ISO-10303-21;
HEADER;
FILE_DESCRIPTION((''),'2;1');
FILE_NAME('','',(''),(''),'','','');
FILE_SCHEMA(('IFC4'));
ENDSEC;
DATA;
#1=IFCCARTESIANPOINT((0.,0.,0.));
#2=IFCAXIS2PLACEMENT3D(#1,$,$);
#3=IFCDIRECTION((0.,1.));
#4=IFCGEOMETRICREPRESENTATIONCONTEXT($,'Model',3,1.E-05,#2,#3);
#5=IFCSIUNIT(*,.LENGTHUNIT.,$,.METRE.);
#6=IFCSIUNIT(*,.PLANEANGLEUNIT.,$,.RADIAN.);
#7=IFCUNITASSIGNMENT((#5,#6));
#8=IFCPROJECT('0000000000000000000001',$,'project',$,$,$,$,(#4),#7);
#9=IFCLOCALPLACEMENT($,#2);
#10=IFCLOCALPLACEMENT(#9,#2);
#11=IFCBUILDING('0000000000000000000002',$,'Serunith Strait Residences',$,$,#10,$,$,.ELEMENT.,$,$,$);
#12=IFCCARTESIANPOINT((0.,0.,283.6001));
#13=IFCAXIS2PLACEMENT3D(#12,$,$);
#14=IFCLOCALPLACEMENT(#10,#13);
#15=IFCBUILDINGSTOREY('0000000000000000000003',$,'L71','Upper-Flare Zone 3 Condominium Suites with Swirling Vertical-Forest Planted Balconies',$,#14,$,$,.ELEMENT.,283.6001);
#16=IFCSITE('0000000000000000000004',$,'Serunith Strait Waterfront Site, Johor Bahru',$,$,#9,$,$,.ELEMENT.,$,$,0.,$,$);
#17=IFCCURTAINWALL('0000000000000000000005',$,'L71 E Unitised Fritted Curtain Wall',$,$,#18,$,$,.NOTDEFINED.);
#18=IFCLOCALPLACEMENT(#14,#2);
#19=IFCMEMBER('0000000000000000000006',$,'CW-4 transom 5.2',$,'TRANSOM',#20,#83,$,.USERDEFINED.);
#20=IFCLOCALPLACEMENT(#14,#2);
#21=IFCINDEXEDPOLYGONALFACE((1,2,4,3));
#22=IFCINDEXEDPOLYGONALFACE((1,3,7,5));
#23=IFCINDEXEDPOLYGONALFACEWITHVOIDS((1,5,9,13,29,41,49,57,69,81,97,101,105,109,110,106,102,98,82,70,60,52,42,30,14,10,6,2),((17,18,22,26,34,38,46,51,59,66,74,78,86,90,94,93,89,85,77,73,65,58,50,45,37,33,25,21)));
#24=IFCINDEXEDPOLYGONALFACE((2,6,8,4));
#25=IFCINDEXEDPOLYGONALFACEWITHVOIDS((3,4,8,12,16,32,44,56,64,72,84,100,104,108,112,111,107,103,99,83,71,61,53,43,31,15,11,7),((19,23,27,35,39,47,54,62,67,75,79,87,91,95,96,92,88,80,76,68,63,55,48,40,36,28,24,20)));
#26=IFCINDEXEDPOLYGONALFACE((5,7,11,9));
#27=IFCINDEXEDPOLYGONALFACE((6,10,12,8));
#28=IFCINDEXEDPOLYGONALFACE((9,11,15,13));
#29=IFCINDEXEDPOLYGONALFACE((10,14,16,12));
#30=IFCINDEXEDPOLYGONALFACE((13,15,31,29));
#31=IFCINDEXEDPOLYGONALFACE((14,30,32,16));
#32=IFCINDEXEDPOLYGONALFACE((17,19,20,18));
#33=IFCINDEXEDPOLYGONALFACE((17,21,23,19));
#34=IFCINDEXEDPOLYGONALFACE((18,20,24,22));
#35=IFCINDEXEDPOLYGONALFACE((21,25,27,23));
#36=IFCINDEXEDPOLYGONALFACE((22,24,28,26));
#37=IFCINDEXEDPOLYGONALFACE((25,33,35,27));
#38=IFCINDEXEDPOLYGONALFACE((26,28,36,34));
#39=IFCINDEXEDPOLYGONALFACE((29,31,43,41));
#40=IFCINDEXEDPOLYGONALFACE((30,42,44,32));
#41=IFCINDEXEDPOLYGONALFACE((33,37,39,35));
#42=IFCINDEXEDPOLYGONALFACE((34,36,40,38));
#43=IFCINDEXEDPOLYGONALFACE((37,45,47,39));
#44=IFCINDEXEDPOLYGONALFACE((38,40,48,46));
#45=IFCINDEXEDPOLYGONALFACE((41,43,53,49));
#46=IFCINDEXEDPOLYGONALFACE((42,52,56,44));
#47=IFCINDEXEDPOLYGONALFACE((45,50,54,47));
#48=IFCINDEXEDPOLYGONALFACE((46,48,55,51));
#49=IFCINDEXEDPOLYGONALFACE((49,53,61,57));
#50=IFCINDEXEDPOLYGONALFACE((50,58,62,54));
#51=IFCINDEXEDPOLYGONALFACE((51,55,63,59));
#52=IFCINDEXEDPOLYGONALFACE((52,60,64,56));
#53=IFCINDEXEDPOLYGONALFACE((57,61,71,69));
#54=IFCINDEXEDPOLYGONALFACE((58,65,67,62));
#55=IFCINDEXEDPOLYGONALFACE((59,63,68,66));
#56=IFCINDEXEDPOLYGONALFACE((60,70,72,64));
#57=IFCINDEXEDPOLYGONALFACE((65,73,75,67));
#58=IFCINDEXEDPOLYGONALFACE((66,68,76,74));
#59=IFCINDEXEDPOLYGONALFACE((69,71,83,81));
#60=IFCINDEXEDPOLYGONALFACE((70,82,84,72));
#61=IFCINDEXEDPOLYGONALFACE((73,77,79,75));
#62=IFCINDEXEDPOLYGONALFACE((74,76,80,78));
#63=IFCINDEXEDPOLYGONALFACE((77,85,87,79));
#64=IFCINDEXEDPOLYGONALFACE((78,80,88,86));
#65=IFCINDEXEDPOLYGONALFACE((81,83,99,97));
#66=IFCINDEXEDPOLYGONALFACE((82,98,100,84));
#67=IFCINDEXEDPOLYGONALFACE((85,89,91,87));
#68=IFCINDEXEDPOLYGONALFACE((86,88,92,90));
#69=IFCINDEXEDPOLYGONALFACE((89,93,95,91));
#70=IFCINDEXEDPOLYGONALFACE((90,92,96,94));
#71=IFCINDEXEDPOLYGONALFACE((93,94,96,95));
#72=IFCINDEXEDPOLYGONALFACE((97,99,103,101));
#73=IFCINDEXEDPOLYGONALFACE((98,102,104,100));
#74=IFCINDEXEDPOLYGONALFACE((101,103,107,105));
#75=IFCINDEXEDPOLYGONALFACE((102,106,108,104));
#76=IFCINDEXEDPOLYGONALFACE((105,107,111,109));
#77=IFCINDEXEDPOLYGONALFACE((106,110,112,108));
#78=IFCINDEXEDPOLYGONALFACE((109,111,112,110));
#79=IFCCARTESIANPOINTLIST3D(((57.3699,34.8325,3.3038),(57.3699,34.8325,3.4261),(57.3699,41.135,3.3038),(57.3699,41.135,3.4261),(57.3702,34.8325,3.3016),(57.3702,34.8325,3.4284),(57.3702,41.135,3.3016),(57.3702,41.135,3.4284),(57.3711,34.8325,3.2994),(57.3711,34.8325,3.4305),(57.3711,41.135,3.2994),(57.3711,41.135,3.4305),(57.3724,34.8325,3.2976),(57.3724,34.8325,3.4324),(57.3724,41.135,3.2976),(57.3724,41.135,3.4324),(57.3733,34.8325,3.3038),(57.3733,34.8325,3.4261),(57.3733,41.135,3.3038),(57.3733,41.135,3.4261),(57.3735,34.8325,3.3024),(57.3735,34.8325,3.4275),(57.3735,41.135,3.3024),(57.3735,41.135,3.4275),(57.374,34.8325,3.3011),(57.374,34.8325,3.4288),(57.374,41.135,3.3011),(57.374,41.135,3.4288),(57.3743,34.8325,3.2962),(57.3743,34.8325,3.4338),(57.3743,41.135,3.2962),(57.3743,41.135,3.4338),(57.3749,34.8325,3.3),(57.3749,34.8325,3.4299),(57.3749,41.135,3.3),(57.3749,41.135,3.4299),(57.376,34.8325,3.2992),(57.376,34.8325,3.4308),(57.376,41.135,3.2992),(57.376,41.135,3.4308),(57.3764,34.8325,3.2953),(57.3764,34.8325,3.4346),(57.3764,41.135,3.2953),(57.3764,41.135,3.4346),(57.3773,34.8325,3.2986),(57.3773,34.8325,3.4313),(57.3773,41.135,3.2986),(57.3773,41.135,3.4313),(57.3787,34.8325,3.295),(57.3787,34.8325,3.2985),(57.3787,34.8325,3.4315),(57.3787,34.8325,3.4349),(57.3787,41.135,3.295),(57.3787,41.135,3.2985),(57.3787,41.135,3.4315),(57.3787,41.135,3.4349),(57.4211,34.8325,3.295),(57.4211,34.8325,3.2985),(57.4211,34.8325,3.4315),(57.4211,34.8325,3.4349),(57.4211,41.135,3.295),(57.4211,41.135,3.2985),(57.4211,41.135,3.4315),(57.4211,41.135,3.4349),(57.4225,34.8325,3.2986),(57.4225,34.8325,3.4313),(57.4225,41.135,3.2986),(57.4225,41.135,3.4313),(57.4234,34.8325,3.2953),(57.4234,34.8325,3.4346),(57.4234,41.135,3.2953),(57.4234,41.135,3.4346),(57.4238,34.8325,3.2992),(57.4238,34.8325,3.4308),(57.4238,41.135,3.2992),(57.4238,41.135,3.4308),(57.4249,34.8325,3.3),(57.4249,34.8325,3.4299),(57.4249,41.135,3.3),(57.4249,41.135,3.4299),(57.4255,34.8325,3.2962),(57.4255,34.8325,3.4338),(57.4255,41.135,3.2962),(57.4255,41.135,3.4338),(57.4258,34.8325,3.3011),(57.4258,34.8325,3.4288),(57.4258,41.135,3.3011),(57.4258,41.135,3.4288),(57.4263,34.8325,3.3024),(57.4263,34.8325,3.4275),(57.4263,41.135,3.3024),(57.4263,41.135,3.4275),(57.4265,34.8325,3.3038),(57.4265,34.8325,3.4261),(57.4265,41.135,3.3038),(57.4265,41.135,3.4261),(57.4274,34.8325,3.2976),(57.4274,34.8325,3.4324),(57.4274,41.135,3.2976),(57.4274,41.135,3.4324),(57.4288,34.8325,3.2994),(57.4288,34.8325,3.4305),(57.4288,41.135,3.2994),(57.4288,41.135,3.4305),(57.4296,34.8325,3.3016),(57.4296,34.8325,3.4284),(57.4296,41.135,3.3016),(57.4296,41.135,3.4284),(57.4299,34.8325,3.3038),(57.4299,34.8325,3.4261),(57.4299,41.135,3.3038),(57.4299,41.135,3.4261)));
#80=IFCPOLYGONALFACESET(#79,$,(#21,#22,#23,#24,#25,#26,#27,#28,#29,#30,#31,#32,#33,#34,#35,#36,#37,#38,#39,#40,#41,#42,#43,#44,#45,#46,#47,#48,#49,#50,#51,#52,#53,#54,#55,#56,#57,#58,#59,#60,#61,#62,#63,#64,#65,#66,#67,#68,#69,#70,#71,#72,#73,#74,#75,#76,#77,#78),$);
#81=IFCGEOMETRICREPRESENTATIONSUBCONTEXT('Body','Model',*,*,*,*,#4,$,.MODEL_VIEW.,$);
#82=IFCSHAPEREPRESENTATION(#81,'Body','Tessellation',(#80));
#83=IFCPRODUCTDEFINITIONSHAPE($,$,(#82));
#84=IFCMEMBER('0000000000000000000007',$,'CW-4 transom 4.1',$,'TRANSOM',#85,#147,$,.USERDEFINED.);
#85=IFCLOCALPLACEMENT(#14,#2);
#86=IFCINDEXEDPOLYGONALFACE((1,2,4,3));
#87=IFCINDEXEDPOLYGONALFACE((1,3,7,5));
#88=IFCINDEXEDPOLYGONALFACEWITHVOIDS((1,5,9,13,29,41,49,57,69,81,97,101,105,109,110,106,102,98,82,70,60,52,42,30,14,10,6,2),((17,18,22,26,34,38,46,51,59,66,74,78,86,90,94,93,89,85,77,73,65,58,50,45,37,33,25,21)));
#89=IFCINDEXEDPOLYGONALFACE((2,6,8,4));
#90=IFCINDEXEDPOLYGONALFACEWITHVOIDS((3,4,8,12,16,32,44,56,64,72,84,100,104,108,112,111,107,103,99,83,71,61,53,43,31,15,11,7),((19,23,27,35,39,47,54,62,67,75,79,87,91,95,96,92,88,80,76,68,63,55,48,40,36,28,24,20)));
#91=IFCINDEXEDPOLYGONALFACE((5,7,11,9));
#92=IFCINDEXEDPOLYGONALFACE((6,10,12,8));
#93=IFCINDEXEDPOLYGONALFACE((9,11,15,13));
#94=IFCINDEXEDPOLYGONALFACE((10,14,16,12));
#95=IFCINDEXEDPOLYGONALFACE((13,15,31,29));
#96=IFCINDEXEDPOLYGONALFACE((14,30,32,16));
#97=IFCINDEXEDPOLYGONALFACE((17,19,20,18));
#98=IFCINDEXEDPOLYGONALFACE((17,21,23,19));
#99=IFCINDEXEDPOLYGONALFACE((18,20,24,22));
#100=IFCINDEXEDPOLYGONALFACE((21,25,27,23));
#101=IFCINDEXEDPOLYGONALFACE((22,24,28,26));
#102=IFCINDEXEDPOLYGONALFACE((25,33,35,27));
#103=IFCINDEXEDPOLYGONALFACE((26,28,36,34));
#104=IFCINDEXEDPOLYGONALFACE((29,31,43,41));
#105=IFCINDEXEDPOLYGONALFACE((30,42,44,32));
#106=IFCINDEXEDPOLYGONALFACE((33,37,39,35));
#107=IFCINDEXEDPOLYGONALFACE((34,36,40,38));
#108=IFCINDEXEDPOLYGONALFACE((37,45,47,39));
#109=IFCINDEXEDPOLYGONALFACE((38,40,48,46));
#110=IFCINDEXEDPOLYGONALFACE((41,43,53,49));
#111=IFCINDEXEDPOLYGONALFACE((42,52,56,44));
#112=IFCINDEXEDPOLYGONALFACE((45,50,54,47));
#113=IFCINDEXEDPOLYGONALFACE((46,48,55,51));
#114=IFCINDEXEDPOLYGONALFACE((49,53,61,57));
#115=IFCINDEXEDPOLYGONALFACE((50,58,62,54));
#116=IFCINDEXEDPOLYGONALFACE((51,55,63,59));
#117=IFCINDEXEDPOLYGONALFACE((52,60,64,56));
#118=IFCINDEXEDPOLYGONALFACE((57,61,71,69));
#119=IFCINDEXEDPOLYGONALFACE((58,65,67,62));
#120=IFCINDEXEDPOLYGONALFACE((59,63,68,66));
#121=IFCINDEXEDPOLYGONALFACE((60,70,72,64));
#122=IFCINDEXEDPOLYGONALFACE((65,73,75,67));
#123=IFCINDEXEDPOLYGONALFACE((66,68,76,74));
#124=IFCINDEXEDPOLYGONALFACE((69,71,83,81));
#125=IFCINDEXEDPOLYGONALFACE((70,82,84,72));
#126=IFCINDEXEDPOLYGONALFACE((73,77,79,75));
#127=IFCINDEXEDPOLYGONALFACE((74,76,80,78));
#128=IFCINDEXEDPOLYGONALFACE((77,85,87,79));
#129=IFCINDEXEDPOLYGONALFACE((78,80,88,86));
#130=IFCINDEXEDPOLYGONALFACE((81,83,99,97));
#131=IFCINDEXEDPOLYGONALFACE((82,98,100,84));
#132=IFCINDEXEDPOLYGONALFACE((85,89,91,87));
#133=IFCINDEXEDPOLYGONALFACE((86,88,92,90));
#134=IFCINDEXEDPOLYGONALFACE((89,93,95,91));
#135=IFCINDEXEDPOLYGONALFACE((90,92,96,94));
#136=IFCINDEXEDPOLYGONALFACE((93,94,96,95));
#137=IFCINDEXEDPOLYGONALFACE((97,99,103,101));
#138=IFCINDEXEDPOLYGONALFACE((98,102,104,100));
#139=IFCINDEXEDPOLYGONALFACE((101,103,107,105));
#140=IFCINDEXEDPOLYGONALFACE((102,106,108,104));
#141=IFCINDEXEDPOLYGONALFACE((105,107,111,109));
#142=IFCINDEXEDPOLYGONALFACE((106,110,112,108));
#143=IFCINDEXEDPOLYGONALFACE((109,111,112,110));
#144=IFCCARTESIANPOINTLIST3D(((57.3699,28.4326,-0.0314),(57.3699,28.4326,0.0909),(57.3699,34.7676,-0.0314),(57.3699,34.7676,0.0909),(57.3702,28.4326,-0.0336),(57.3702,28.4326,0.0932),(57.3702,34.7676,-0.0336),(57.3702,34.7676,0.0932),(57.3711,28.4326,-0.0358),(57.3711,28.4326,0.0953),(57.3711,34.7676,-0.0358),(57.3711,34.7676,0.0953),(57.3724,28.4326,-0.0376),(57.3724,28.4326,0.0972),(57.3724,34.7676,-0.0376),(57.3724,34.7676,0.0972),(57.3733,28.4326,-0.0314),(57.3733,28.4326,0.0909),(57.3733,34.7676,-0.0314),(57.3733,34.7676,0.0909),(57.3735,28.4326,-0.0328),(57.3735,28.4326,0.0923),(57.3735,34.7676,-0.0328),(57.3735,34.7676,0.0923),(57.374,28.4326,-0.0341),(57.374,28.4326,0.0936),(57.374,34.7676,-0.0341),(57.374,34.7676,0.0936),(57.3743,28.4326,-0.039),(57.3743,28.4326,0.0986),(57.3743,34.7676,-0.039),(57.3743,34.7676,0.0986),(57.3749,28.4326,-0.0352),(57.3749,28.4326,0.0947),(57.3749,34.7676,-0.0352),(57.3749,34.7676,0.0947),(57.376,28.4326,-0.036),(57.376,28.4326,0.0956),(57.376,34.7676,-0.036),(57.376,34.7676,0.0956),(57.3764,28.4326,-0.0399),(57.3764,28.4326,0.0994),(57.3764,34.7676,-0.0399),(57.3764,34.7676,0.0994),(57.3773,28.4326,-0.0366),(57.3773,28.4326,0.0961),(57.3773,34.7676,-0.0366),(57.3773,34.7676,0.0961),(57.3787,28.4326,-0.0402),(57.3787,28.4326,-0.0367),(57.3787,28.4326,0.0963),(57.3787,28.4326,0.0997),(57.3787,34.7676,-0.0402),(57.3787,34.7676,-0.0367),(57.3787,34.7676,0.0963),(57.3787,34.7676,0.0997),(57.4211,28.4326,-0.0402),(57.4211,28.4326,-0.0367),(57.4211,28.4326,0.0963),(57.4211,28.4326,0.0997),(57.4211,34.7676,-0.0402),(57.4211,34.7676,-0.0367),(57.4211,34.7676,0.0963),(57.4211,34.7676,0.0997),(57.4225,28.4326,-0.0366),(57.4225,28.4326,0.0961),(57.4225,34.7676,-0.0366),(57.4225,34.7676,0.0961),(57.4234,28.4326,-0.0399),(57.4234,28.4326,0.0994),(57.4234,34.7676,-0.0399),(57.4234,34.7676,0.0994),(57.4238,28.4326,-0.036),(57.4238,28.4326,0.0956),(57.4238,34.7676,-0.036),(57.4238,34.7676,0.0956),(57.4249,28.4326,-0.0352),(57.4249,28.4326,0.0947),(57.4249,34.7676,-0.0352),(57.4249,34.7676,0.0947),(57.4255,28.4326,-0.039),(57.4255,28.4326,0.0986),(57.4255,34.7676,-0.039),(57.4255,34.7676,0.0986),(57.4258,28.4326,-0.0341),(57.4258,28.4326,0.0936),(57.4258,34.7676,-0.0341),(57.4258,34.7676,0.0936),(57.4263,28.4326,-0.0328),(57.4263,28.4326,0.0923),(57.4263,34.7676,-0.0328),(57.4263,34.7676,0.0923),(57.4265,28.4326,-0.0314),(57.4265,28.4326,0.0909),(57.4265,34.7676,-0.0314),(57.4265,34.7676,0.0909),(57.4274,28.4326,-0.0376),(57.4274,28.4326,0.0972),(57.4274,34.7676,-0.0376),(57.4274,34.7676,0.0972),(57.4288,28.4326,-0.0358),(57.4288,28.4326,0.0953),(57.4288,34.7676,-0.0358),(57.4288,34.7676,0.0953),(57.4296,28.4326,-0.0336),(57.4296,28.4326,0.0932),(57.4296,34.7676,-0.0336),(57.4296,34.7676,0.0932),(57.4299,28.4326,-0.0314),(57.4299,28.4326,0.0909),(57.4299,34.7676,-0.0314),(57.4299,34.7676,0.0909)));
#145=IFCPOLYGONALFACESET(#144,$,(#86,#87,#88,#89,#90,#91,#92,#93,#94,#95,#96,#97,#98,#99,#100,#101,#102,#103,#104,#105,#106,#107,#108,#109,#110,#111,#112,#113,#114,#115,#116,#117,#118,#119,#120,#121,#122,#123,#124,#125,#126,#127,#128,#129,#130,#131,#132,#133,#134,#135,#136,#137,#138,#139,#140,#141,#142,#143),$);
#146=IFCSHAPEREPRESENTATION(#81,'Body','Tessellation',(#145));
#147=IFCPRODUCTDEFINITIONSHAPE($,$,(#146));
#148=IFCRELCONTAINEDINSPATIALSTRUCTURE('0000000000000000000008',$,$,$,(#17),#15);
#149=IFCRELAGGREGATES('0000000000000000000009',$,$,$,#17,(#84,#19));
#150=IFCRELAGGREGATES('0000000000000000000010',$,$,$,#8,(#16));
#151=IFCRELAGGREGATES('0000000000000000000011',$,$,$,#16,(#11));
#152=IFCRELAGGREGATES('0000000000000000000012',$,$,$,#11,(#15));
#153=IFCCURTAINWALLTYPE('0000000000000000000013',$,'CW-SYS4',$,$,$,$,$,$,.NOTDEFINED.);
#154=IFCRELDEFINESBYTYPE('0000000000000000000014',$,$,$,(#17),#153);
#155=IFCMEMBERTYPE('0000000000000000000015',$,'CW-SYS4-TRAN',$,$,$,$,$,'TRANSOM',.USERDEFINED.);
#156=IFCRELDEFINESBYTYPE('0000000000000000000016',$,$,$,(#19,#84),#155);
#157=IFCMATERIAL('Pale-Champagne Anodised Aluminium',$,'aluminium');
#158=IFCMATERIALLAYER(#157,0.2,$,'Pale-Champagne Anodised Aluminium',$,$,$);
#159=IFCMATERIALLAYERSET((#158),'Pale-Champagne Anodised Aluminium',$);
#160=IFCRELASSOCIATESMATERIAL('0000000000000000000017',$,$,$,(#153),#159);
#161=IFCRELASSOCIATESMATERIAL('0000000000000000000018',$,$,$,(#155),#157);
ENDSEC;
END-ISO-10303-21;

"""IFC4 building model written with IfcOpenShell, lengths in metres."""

from ifc_helpers import new_model, si_unit, direction, frame, origin, origin_2d, place, context, subcontext, project, spatial, hollow_rectangle, extrude, source, transform, mapped, material, layer, layer_set, material_profile, profile_set, type_object, element, aggregate, save


model = new_model("IFC4")

# Units and contexts
model_context = context("Model", 3, precision=1e-05, world=origin(), true_north=direction((0.0, 1.0)))
body_context = subcontext(model_context, "Body", "Model", "MODEL_VIEW")
ifc_project = project(units=[si_unit("LENGTHUNIT", "METRE"), si_unit("PLANEANGLEUNIT", "RADIAN")], contexts=[model_context])

# Site, building, storey
site_placement = place(None, origin())
site = spatial("IfcSite", under=ifc_project, at=site_placement, Name="Serunith Strait Waterfront Site, Johor Bahru", CompositionType="ELEMENT", RefElevation=0.0)
building_placement = place(site_placement, origin())
building = spatial("IfcBuilding", under=site, at=building_placement, Name="Serunith Strait Residences", CompositionType="ELEMENT")
storey_placement = place(building_placement, frame((0.0, 0.0, 283.6001)))
storey = spatial("IfcBuildingStorey", under=building, at=storey_placement, Name="L71", Description="Upper-Flare Zone 3 Condominium Suites with Swirling Vertical-Forest Planted Balconies", CompositionType="ELEMENT", Elevation=283.6001)

# Curtain wall, members
ifc_material_1 = material(Name="Pale-Champagne Anodised Aluminium", Category="aluminium")
ifc_layer_1 = layer(ifc_material_1, 0.2, Name="Pale-Champagne Anodised Aluminium")
ifc_layer_set_1 = layer_set([ifc_layer_1], Name="Pale-Champagne Anodised Aluminium")
curtain_wall_type = type_object("IfcCurtainWallType", Name="CW-SYS4", PredefinedType="NOTDEFINED", material=ifc_layer_set_1)
curtain_wall_placement = place(storey_placement, origin())
curtain_wall = element("IfcCurtainWall", 1, at=curtain_wall_placement, inside=storey, type_object=curtain_wall_type, Name="L71 E Unitised Fritted Curtain Wall", PredefinedType="NOTDEFINED")
ifc_material_profile_1 = material_profile(ifc_material_1, hollow_rectangle(XDim=0.0601, YDim=0.1399, WallThickness=0.0034, InnerFilletRadius=0.0054, OuterFilletRadius=0.0088, at=origin_2d()), Name="ALU 140x60x3.5")
ifc_profile_set_1 = profile_set([ifc_material_profile_1], Name="Pale-Champagne Anodised Aluminium")
member_type_1 = type_object("IfcMemberType", Name="CW-SYS4-TRAN", ElementType="TRANSOM", PredefinedType="USERDEFINED", material=ifc_profile_set_1)
shared_shape_1 = source(origin(), body_context, "Body", "SweptSolid", [
    extrude(hollow_rectangle(XDim=0.0601, YDim=0.1399, WallThickness=0.0034, InnerFilletRadius=0.0054, OuterFilletRadius=0.0088, at=origin_2d()), origin(), (0.0, 0.0, 1.0), 6.3025),
])
member_1_placement = place(storey_placement, frame((57.3999, 34.8325, 3.365), z_axis=(0.0, 1.0, 0.0), x_axis=(-1.0, 0.0, 0.0)))
member_1 = element("IfcMember", 2, at=member_1_placement, type_object=member_type_1, Name="CW-4 transom 5.2", ObjectType="TRANSOM", PredefinedType="USERDEFINED", context=body_context, shape_type="MappedRepresentation", body=[
    mapped(shared_shape_1, transform((0.0, 0.0, 0.0), scale=1.0)),
])
shared_shape_2 = source(origin(), body_context, "Body", "SweptSolid", [
    extrude(hollow_rectangle(XDim=0.0601, YDim=0.1399, WallThickness=0.0034, InnerFilletRadius=0.0054, OuterFilletRadius=0.0088, at=origin_2d()), origin(), (0.0, 0.0, 1.0), 6.335),
])
member_2_placement = place(storey_placement, frame((57.3999, 28.4326, 0.0298), z_axis=(0.0, 1.0, 0.0), x_axis=(-1.0, 0.0, 0.0)))
member_2 = element("IfcMember", 3, at=member_2_placement, type_object=member_type_1, Name="CW-4 transom 4.1", ObjectType="TRANSOM", PredefinedType="USERDEFINED", context=body_context, shape_type="MappedRepresentation", body=[
    mapped(shared_shape_2, transform((0.0, 0.0, 0.0), scale=1.0)),
])
aggregate(curtain_wall, [member_2, member_1])

save(model, "model.ifc")
